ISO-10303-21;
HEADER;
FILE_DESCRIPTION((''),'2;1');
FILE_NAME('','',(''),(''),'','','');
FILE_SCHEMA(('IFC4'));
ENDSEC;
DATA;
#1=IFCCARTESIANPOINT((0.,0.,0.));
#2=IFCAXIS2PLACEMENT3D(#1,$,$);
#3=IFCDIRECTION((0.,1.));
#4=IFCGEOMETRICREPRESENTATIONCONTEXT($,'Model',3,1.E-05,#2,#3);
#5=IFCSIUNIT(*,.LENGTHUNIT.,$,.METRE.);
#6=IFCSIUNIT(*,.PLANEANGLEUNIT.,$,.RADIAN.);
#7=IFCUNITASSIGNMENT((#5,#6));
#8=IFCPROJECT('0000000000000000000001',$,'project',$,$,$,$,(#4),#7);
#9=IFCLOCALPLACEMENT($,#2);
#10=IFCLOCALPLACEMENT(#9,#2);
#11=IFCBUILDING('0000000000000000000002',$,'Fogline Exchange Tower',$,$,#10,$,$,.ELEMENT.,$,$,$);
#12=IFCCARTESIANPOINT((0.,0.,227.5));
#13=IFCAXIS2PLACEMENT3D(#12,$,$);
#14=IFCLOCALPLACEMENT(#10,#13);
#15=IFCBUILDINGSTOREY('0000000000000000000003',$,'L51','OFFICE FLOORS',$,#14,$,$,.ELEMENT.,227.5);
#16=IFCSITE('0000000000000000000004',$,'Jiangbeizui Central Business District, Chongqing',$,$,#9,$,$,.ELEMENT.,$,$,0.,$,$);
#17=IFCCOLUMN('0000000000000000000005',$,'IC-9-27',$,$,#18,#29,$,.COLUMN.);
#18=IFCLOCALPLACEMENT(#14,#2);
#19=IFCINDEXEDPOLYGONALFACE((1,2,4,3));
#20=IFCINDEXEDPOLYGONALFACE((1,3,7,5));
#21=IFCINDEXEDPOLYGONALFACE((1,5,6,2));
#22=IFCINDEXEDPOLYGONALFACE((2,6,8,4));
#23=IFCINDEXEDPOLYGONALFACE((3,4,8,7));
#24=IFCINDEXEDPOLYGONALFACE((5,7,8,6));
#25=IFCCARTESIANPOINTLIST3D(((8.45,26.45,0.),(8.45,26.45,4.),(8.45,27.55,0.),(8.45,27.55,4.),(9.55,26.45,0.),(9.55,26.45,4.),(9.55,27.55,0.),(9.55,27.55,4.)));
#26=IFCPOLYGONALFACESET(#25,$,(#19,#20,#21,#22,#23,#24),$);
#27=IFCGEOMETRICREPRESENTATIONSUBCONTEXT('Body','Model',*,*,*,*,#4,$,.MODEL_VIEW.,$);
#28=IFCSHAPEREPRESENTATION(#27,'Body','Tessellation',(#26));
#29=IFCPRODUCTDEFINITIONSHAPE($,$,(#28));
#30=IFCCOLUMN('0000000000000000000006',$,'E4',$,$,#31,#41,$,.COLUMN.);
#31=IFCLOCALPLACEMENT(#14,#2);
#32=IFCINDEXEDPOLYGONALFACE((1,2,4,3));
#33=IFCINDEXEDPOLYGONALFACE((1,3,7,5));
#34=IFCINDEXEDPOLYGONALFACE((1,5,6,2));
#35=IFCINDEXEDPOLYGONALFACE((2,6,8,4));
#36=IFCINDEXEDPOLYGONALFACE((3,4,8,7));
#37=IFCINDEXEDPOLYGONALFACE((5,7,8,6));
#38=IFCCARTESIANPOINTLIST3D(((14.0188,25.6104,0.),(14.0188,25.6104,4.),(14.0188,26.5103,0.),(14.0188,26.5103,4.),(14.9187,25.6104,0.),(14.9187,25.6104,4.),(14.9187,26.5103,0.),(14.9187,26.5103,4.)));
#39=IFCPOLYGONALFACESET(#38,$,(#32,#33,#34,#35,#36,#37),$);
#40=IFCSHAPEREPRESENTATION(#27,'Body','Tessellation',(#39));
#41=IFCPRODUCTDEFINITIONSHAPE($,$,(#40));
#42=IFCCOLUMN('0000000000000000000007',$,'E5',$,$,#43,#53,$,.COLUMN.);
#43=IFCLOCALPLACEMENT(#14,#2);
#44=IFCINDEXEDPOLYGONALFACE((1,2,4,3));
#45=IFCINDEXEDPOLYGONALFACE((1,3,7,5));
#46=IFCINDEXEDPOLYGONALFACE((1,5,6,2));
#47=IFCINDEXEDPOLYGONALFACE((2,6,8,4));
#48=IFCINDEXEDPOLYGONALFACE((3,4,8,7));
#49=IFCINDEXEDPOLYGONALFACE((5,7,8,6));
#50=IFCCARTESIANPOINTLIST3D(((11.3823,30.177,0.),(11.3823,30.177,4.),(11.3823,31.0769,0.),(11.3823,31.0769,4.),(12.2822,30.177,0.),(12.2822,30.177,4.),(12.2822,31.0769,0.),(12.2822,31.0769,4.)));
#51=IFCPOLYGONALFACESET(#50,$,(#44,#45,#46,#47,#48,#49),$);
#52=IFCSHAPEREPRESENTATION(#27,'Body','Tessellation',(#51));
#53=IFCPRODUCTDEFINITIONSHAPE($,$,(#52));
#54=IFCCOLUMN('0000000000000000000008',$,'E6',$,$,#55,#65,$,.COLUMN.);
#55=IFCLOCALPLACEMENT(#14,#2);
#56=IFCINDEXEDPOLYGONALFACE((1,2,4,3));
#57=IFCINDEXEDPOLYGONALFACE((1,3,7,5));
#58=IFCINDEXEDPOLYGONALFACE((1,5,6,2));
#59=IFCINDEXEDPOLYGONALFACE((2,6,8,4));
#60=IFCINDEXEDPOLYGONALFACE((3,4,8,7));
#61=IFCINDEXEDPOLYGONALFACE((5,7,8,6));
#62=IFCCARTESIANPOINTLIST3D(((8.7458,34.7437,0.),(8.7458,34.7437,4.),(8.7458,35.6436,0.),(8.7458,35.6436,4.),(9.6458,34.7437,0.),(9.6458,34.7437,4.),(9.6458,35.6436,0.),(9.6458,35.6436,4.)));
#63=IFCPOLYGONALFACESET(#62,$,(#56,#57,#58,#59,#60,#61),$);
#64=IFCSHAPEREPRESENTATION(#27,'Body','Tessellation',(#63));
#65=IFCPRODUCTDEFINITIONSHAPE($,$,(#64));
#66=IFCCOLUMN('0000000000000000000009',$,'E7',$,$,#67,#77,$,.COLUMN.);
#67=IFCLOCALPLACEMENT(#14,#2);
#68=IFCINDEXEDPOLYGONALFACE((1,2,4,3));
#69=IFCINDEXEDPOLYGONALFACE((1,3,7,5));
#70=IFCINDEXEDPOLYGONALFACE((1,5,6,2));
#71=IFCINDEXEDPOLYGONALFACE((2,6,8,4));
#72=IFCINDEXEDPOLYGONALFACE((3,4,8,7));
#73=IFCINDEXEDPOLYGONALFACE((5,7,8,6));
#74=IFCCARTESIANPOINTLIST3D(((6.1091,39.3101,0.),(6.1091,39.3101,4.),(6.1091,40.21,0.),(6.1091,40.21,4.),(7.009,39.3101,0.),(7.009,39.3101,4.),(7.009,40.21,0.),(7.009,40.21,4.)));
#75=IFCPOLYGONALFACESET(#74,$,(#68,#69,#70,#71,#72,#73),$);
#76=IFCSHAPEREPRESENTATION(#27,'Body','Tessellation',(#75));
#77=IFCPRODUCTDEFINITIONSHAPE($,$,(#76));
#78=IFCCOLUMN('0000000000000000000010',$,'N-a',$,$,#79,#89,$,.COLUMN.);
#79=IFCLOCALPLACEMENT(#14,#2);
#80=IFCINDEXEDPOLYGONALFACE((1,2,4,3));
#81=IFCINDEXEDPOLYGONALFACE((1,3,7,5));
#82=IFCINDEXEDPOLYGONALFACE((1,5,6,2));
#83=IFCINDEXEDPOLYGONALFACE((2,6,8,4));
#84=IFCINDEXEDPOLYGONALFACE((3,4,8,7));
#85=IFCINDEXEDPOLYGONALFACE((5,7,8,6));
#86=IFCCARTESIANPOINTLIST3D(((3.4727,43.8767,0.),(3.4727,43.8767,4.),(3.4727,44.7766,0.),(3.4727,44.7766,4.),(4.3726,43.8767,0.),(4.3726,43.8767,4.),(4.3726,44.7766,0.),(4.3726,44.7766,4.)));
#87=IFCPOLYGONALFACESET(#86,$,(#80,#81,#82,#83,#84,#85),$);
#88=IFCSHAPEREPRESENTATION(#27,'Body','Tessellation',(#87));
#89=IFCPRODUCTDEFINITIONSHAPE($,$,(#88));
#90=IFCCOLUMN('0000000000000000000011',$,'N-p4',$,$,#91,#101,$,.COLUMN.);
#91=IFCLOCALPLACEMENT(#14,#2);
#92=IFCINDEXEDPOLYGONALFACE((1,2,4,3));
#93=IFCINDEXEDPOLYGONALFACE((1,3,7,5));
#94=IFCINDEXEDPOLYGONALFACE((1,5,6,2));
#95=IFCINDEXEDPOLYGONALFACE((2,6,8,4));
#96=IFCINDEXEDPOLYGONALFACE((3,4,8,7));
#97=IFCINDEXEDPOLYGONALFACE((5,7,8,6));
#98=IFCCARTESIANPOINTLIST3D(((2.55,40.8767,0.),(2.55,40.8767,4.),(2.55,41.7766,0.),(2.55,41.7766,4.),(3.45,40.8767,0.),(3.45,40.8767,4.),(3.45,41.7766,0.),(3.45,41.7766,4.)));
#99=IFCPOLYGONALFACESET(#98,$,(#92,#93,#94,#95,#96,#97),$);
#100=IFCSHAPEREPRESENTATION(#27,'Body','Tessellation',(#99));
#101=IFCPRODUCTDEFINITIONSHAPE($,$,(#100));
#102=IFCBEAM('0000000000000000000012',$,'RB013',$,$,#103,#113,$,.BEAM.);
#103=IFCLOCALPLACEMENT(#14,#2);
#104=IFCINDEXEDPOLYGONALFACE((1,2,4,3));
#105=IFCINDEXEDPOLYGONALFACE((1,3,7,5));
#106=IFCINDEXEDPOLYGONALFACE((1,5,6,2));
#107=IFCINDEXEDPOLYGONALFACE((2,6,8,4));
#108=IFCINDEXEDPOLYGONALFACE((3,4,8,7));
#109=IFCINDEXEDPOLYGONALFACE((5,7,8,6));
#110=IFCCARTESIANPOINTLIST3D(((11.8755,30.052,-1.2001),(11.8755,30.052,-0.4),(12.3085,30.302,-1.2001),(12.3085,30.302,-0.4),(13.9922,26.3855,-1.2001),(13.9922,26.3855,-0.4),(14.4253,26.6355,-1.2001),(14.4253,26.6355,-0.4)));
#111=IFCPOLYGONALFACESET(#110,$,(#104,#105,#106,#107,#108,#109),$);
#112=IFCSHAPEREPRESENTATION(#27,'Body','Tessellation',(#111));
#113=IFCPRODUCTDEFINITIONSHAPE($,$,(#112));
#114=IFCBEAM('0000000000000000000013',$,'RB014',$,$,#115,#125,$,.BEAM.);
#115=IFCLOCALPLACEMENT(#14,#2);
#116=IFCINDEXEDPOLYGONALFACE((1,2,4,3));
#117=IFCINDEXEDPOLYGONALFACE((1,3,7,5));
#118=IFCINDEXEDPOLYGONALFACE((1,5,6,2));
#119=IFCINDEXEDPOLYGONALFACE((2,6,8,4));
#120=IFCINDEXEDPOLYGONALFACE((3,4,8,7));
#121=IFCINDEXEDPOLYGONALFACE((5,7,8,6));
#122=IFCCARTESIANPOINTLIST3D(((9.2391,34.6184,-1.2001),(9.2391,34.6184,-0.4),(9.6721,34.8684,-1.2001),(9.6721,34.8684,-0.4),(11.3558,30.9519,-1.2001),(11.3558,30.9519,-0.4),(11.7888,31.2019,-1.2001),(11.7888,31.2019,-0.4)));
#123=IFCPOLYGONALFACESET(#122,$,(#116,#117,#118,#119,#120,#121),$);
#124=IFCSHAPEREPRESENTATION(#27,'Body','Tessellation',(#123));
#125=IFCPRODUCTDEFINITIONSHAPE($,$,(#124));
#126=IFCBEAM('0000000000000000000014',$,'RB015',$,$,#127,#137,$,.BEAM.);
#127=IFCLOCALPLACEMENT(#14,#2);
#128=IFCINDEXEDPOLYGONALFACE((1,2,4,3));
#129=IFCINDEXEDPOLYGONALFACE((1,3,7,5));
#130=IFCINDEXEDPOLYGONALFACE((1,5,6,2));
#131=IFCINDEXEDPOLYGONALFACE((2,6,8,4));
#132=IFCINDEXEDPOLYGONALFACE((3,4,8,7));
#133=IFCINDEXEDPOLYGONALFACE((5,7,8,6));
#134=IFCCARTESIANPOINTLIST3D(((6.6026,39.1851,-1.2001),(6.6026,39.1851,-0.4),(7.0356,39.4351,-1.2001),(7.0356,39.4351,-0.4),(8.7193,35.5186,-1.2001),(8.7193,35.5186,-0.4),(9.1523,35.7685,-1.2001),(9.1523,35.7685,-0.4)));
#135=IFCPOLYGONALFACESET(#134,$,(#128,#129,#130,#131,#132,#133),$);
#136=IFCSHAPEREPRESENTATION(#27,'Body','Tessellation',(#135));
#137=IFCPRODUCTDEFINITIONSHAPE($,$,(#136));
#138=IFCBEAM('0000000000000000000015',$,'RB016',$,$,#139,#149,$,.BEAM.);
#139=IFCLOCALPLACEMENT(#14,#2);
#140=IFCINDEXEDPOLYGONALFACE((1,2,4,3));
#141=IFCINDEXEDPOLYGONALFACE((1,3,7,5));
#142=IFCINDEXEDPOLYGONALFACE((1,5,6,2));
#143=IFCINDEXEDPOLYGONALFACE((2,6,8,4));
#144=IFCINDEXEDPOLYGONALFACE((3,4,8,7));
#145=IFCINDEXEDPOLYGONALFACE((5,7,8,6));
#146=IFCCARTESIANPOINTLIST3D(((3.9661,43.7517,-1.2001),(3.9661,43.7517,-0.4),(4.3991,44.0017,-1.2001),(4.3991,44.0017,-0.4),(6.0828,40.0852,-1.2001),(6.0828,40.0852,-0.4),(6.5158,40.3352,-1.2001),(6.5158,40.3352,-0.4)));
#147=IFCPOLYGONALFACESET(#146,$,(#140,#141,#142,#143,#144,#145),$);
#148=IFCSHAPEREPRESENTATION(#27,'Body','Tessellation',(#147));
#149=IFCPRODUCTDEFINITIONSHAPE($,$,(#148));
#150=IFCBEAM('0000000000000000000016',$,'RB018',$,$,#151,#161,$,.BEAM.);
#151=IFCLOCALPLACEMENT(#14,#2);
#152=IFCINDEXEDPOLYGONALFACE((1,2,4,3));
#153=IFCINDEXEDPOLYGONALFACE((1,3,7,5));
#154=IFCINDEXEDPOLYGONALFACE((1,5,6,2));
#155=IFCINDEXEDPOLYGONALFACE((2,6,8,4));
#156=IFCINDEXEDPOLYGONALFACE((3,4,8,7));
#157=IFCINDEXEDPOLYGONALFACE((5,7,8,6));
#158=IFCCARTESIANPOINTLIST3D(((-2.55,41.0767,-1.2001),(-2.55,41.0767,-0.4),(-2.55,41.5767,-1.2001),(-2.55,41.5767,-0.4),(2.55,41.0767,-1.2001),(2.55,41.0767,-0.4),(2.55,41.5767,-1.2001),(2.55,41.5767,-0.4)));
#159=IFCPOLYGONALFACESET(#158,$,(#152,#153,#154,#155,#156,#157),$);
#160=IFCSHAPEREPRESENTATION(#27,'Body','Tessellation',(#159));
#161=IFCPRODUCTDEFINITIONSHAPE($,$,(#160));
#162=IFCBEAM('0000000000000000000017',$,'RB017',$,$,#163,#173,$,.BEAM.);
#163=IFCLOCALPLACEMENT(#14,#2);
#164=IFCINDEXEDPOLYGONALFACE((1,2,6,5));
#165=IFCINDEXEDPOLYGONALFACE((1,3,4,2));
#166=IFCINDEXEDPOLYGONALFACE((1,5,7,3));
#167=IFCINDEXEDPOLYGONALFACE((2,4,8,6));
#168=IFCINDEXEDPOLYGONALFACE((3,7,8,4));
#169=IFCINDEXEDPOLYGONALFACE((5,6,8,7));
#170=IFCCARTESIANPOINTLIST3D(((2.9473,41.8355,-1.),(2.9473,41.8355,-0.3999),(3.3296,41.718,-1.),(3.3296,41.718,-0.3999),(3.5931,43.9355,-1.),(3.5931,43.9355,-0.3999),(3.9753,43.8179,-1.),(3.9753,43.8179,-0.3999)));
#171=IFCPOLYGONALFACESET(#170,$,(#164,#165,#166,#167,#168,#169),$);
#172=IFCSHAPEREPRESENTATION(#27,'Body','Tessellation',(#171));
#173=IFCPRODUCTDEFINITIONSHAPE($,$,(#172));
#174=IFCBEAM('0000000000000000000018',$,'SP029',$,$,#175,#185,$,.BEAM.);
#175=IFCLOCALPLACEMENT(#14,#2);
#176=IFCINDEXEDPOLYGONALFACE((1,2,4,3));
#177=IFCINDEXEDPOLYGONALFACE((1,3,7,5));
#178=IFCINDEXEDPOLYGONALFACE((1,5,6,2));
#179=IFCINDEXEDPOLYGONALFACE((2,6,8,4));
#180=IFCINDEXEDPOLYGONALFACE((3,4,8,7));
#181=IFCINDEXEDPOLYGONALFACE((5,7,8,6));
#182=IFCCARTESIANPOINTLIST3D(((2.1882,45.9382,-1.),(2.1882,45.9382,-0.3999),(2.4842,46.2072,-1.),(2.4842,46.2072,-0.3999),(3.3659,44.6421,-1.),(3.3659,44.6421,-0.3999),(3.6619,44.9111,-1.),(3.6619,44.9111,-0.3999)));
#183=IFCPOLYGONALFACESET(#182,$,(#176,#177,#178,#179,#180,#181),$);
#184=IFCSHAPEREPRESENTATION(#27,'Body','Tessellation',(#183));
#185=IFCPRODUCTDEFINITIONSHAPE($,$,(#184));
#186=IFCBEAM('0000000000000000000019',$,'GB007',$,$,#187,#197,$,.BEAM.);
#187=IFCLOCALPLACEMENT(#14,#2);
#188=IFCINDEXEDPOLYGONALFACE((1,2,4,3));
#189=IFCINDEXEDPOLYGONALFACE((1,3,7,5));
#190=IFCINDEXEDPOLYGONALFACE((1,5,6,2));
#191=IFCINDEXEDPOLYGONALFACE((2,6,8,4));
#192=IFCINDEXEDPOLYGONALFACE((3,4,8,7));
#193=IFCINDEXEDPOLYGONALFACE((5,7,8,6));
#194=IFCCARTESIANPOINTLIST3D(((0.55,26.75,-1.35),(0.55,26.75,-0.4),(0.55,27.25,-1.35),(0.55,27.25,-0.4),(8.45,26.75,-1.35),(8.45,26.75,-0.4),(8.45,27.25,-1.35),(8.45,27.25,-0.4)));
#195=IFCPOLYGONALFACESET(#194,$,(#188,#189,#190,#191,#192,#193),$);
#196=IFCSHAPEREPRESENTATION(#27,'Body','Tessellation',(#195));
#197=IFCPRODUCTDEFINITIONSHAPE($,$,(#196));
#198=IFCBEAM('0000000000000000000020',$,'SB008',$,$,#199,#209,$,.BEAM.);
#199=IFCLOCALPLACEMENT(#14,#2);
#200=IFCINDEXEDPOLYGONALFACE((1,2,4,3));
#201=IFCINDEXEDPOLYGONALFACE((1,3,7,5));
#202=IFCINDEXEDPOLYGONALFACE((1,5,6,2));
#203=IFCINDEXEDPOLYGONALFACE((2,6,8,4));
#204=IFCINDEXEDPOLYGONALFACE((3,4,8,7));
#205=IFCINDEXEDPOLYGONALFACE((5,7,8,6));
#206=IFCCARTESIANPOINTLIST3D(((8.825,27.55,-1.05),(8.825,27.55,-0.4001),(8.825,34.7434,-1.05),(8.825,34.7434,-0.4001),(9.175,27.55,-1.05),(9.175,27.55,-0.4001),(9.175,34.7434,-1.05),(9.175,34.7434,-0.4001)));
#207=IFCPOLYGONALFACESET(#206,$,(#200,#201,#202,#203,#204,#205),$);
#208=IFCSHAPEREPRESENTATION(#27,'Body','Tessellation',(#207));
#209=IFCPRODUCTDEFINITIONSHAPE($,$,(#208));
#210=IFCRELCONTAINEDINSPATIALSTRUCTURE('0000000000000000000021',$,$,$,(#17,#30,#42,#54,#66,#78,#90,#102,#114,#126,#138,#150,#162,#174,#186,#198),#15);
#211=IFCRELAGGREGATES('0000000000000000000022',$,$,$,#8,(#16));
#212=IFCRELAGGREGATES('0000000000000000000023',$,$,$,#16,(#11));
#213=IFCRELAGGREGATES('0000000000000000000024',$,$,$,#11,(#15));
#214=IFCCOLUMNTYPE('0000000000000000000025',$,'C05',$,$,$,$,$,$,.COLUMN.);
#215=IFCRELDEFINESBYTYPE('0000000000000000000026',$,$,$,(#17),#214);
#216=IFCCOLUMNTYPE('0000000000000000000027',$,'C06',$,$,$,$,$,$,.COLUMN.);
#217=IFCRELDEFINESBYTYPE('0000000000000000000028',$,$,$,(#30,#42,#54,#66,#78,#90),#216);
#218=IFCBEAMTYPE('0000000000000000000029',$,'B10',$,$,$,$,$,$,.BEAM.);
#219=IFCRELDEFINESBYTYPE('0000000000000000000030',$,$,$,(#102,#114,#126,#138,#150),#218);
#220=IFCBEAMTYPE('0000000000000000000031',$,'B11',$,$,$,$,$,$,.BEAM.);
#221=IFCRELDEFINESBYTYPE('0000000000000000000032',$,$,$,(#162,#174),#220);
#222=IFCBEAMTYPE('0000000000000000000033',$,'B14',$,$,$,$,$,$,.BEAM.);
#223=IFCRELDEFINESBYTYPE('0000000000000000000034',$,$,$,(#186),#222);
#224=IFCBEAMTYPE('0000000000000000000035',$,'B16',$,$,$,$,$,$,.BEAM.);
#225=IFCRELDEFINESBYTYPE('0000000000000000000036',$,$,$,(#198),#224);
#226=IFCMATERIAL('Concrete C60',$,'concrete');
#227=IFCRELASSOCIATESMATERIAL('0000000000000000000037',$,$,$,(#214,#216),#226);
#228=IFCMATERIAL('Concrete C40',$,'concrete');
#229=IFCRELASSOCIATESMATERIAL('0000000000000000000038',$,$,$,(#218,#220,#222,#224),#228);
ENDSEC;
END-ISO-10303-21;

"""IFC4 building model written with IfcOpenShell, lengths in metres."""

from ifc_helpers import new_model, si_unit, direction, frame, origin, origin_2d, place, context, subcontext, project, spatial, rectangle, extrude, material, material_profile, profile_set, type_object, element, save


model = new_model("IFC4")

# Units and contexts
model_context = context("Model", 3, precision=1e-05, world=origin(), true_north=direction((0.0, 1.0)))
body_context = subcontext(model_context, "Body", "Model", "MODEL_VIEW")
ifc_project = project(units=[si_unit("LENGTHUNIT", "METRE"), si_unit("PLANEANGLEUNIT", "RADIAN")], contexts=[model_context])

# Site, building, storey
site_placement = place(None, origin())
site = spatial("IfcSite", under=ifc_project, at=site_placement, Name="Jiangbeizui Central Business District, Chongqing", CompositionType="ELEMENT", RefElevation=0.0)
building_placement = place(site_placement, origin())
building = spatial("IfcBuilding", under=site, at=building_placement, Name="Fogline Exchange Tower", CompositionType="ELEMENT")
storey_placement = place(building_placement, frame((0.0, 0.0, 227.5)))
storey = spatial("IfcBuildingStorey", under=building, at=storey_placement, Name="L51", Description="OFFICE FLOORS", CompositionType="ELEMENT", Elevation=227.5)

# Columns
ifc_material_1 = material(Name="Concrete C60", Category="concrete")
ifc_material_profile_1 = material_profile(ifc_material_1, rectangle(XDim=1.1001, YDim=1.1001, at=origin_2d()), Name="RC 1100x1100")
ifc_profile_set_1 = profile_set([ifc_material_profile_1], Name="Concrete C60")
column_type_1 = type_object("IfcColumnType", Name="C05", PredefinedType="COLUMN", material=ifc_profile_set_1)
column_placement = place(storey_placement, frame((9.0, 27.0, 0.0), z_axis=(0.0, 0.0, 1.0), x_axis=(1.0, 0.0, 0.0)))
element("IfcColumn", 1, at=column_placement, inside=storey, type_object=column_type_1, Name="IC-9-27", PredefinedType="COLUMN", context=body_context, shape_type="SweptSolid", body=[
    extrude(rectangle(XDim=1.1001, YDim=1.1001, at=origin_2d()), origin(), (0.0, 0.0, 1.0), 4.0),
])
ifc_material_profile_2 = material_profile(ifc_material_1, rectangle(XDim=0.8999, YDim=0.8999, at=origin_2d()), Name="RC 900x900")
ifc_profile_set_2 = profile_set([ifc_material_profile_2], Name="Concrete C60")
column_type_2 = type_object("IfcColumnType", Name="C06", PredefinedType="COLUMN", material=ifc_profile_set_2)
for number, where, z_axis, x_axis, name in (
    (2, (14.4688, 26.0603, 0.0), (0.0, 0.0, 1.0), (1.0, 0.0, 0.0), "E4"),
    (3, (11.8323, 30.627, 0.0), (0.0, 0.0, 1.0), (1.0, 0.0, 0.0), "E5"),
    (4, (9.1958, 35.1936, 0.0), (0.0, 0.0, 1.0), (1.0, 0.0, 0.0), "E6"),
    (5, (6.5591, 39.76, 0.0), (0.0, 0.0, 1.0), (1.0, 0.0, 0.0), "E7"),
    (6, (3.9226, 44.3267, 0.0), (0.0, 0.0, 1.0), (1.0, 0.0, 0.0), "N-a"),
    (7, (3.0, 41.3267, 0.0), (0.0, 0.0, 1.0), (1.0, 0.0, 0.0), "N-p4"),
):
    element("IfcColumn", number, at=place(storey_placement, frame(where, z_axis=z_axis, x_axis=x_axis)), inside=storey, type_object=column_type_2, Name=name, PredefinedType="COLUMN", context=body_context, shape_type="SweptSolid", body=[
        extrude(rectangle(XDim=0.8999, YDim=0.8999, at=origin_2d()), origin(), (0.0, 0.0, 1.0), 4.0),
    ])

# Beams
ifc_material_2 = material(Name="Concrete C40", Category="concrete")
ifc_material_profile_3 = material_profile(ifc_material_2, rectangle(XDim=0.5, YDim=0.8, at=origin_2d()), Name="RC 500x800")
ifc_profile_set_3 = profile_set([ifc_material_profile_3], Name="Concrete C40")
beam_type_1 = type_object("IfcBeamType", Name="B10", PredefinedType="BEAM", material=ifc_profile_set_3)
for number, where, z_axis, x_axis, name in (
    (8, (14.2087, 26.5105, -0.8), (-0.499972, 0.866042, 0.0), (-0.866042, -0.499972, 0.0), "RB013"),
    (9, (11.5723, 31.0769, -0.8), (-0.499972, 0.866042, 0.0), (-0.866042, -0.499972, 0.0), "RB014"),
    (10, (8.9358, 35.6436, -0.8), (-0.499972, 0.866042, 0.0), (-0.866042, -0.499972, 0.0), "RB015"),
    (11, (6.2993, 40.2102, -0.8), (-0.499972, 0.866042, 0.0), (-0.866042, -0.499972, 0.0), "RB016"),
):
    element("IfcBeam", number, at=place(storey_placement, frame(where, z_axis=z_axis, x_axis=x_axis)), inside=storey, type_object=beam_type_1, Name=name, PredefinedType="BEAM", context=body_context, shape_type="SweptSolid", body=[
        extrude(rectangle(XDim=0.5, YDim=0.8, at=origin_2d()), origin(), (0.0, 0.0, 1.0), 4.2336),
    ])
beam_1_placement = place(storey_placement, frame((2.55, 41.3267, -0.8), z_axis=(-1.0, 0.0, 0.0), x_axis=(0.0, -1.0, 0.0)))
element("IfcBeam", 12, at=beam_1_placement, inside=storey, type_object=beam_type_1, Name="RB018", PredefinedType="BEAM", context=body_context, shape_type="SweptSolid", body=[
    extrude(rectangle(XDim=0.5, YDim=0.8, at=origin_2d()), origin(), (0.0, 0.0, 1.0), 5.1001),
])
ifc_material_profile_4 = material_profile(ifc_material_2, rectangle(XDim=0.3999, YDim=0.6001, at=origin_2d()), Name="RC 400x600")
ifc_profile_set_4 = profile_set([ifc_material_profile_4], Name="Concrete C40")
beam_type_2 = type_object("IfcBeamType", Name="B11", PredefinedType="BEAM", material=ifc_profile_set_4)
beam_2_placement = place(storey_placement, frame((3.7842, 43.8767, -0.7), z_axis=(-0.293906, -0.955834, 0.0), x_axis=(0.955834, -0.293906, 0.0)))
element("IfcBeam", 13, at=beam_2_placement, inside=storey, type_object=beam_type_2, Name="RB017", PredefinedType="BEAM", context=body_context, shape_type="SweptSolid", body=[
    extrude(rectangle(XDim=0.3999, YDim=0.6001, at=origin_2d()), origin(), (0.0, 0.0, 1.0), 2.197),
])
beam_3_placement = place(storey_placement, frame((3.5139, 44.7766, -0.7), z_axis=(-0.672492, 0.740104, 0.0), x_axis=(-0.740104, -0.672492, 0.0)))
element("IfcBeam", 14, at=beam_3_placement, inside=storey, type_object=beam_type_2, Name="SP029", PredefinedType="BEAM", context=body_context, shape_type="SweptSolid", body=[
    extrude(rectangle(XDim=0.3999, YDim=0.6001, at=origin_2d()), origin(), (0.0, 0.0, 1.0), 1.7512),
])
ifc_material_profile_5 = material_profile(ifc_material_2, rectangle(XDim=0.5, YDim=0.95, at=origin_2d()), Name="RC 500x950")
ifc_profile_set_5 = profile_set([ifc_material_profile_5], Name="Concrete C40")
beam_type_3 = type_object("IfcBeamType", Name="B14", PredefinedType="BEAM", material=ifc_profile_set_5)
beam_4_placement = place(storey_placement, frame((0.55, 27.0, -0.875), z_axis=(1.0, 0.0, 0.0), x_axis=(0.0, 1.0, 0.0)))
element("IfcBeam", 15, at=beam_4_placement, inside=storey, type_object=beam_type_3, Name="GB007", PredefinedType="BEAM", context=body_context, shape_type="SweptSolid", body=[
    extrude(rectangle(XDim=0.5, YDim=0.95, at=origin_2d()), origin(), (0.0, 0.0, 1.0), 7.8999),
])
ifc_material_profile_6 = material_profile(ifc_material_2, rectangle(XDim=0.3501, YDim=0.6499, at=origin_2d()), Name="RC 350x650")
ifc_profile_set_6 = profile_set([ifc_material_profile_6], Name="Concrete C40")
beam_type_4 = type_object("IfcBeamType", Name="B16", PredefinedType="BEAM", material=ifc_profile_set_6)
beam_5_placement = place(storey_placement, frame((9.0, 27.55, -0.7251), z_axis=(0.0, 1.0, 0.0), x_axis=(-1.0, 0.0, 0.0)))
element("IfcBeam", 16, at=beam_5_placement, inside=storey, type_object=beam_type_4, Name="SB008", PredefinedType="BEAM", context=body_context, shape_type="SweptSolid", body=[
    extrude(rectangle(XDim=0.3501, YDim=0.6499, at=origin_2d()), origin(), (0.0, 0.0, 1.0), 7.1934),
])

save(model, "model.ifc")
